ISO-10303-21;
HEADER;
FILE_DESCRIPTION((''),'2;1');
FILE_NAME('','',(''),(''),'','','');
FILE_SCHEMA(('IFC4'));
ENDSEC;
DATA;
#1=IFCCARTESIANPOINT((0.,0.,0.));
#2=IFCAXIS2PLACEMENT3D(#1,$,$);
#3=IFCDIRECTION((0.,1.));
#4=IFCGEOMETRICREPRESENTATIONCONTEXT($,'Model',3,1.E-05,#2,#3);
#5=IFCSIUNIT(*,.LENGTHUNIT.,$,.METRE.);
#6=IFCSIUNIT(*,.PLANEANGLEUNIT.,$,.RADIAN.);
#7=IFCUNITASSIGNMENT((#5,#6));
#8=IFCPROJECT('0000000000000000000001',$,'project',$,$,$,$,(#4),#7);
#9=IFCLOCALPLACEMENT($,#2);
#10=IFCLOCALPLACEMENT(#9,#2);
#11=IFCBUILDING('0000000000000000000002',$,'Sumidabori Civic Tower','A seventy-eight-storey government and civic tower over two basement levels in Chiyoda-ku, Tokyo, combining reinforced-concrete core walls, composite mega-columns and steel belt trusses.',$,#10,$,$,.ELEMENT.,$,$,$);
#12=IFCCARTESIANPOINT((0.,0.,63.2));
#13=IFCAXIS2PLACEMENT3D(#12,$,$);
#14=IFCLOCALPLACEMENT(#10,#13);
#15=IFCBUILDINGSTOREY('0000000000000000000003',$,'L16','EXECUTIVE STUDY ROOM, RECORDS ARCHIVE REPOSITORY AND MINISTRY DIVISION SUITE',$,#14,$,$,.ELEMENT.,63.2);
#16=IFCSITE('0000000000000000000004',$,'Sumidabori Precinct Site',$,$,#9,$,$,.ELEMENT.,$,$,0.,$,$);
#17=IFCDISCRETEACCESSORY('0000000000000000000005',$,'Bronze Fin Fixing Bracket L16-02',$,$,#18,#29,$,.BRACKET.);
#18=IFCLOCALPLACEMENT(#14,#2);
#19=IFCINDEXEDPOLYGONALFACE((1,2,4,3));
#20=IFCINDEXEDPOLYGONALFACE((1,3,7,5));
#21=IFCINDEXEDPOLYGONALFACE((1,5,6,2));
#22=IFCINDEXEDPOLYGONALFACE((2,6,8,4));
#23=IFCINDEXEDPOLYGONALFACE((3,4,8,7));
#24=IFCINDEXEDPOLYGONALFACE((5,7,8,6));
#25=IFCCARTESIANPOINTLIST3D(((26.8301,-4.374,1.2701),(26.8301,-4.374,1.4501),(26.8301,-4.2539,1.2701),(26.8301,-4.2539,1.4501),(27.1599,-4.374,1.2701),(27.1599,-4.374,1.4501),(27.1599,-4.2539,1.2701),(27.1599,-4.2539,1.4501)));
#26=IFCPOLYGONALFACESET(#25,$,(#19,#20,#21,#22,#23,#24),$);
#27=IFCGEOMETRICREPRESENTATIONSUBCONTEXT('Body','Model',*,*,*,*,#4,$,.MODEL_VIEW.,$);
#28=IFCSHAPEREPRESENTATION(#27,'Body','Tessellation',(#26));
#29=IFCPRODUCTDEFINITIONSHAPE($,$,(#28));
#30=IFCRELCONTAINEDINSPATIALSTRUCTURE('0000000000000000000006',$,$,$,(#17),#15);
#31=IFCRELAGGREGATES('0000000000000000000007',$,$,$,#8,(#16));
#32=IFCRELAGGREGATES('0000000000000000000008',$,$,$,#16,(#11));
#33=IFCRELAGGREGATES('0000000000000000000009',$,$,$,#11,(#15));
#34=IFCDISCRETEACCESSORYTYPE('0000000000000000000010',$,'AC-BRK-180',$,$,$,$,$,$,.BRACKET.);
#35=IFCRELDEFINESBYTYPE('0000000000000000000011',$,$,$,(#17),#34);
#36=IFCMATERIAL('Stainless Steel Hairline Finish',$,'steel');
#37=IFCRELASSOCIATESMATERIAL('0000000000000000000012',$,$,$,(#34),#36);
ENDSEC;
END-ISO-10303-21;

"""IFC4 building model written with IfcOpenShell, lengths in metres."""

from ifc_helpers import new_model, si_unit, direction, frame, origin, origin_2d, place, context, subcontext, project, spatial, rectangle, extrude, source, transform, mapped, material, material_profile, profile_set, type_object, element, save


model = new_model("IFC4")

# Units and contexts
model_context = context("Model", 3, precision=1e-05, world=origin(), true_north=direction((0.0, 1.0)))
body_context = subcontext(model_context, "Body", "Model", "MODEL_VIEW")
ifc_project = project(units=[si_unit("LENGTHUNIT", "METRE"), si_unit("PLANEANGLEUNIT", "RADIAN")], contexts=[model_context])

# Site, building, storey
site_placement = place(None, origin())
site = spatial("IfcSite", under=ifc_project, at=site_placement, Name="Sumidabori Precinct Site", CompositionType="ELEMENT", RefElevation=0.0)
building_placement = place(site_placement, origin())
building = spatial("IfcBuilding", under=site, at=building_placement, Name="Sumidabori Civic Tower", Description="A seventy-eight-storey government and civic tower over two basement levels in Chiyoda-ku, Tokyo, combining reinforced-concrete core walls, composite mega-columns and steel belt trusses.", CompositionType="ELEMENT")
storey_placement = place(building_placement, frame((0.0, 0.0, 63.2)))
storey = spatial("IfcBuildingStorey", under=building, at=storey_placement, Name="L16", Description="EXECUTIVE STUDY ROOM, RECORDS ARCHIVE REPOSITORY AND MINISTRY DIVISION SUITE", CompositionType="ELEMENT", Elevation=63.2)

# Discrete accessory
ifc_material_1 = material(Name="Stainless Steel Hairline Finish", Category="steel")
ifc_material_profile_1 = material_profile(ifc_material_1, rectangle(XDim=0.1201, YDim=0.1799, at=origin_2d()), Name="STEEL BRACKET 180x120")
ifc_profile_set_1 = profile_set([ifc_material_profile_1], Name="Stainless Steel Hairline Finish")
discrete_accessory_type = type_object("IfcDiscreteAccessoryType", Name="AC-BRK-180", PredefinedType="BRACKET", material=ifc_profile_set_1)
shared_shape_1 = source(origin(), body_context, "Body", "SweptSolid", [
    extrude(rectangle(XDim=0.1201, YDim=0.1799, at=origin_2d()), origin(), (0.0, 0.0, 1.0), 0.3298),
])
discrete_accessory_placement = place(storey_placement, frame((26.8301, -4.314, 1.3601), z_axis=(1.0, 0.0, 0.0), x_axis=(0.0, 1.0, 0.0)))
element("IfcDiscreteAccessory", 1, at=discrete_accessory_placement, inside=storey, type_object=discrete_accessory_type, Name="Bronze Fin Fixing Bracket L16-02", PredefinedType="BRACKET", context=body_context, shape_type="MappedRepresentation", body=[
    mapped(shared_shape_1, transform((0.0, 0.0, 0.0), x_axis=(1.0, 0.0, 0.0), y_axis=(0.0, 1.0, 0.0), z_axis=(0.0, 0.0, 1.0), scale=1.0)),
])

save(model, "model.ifc")
